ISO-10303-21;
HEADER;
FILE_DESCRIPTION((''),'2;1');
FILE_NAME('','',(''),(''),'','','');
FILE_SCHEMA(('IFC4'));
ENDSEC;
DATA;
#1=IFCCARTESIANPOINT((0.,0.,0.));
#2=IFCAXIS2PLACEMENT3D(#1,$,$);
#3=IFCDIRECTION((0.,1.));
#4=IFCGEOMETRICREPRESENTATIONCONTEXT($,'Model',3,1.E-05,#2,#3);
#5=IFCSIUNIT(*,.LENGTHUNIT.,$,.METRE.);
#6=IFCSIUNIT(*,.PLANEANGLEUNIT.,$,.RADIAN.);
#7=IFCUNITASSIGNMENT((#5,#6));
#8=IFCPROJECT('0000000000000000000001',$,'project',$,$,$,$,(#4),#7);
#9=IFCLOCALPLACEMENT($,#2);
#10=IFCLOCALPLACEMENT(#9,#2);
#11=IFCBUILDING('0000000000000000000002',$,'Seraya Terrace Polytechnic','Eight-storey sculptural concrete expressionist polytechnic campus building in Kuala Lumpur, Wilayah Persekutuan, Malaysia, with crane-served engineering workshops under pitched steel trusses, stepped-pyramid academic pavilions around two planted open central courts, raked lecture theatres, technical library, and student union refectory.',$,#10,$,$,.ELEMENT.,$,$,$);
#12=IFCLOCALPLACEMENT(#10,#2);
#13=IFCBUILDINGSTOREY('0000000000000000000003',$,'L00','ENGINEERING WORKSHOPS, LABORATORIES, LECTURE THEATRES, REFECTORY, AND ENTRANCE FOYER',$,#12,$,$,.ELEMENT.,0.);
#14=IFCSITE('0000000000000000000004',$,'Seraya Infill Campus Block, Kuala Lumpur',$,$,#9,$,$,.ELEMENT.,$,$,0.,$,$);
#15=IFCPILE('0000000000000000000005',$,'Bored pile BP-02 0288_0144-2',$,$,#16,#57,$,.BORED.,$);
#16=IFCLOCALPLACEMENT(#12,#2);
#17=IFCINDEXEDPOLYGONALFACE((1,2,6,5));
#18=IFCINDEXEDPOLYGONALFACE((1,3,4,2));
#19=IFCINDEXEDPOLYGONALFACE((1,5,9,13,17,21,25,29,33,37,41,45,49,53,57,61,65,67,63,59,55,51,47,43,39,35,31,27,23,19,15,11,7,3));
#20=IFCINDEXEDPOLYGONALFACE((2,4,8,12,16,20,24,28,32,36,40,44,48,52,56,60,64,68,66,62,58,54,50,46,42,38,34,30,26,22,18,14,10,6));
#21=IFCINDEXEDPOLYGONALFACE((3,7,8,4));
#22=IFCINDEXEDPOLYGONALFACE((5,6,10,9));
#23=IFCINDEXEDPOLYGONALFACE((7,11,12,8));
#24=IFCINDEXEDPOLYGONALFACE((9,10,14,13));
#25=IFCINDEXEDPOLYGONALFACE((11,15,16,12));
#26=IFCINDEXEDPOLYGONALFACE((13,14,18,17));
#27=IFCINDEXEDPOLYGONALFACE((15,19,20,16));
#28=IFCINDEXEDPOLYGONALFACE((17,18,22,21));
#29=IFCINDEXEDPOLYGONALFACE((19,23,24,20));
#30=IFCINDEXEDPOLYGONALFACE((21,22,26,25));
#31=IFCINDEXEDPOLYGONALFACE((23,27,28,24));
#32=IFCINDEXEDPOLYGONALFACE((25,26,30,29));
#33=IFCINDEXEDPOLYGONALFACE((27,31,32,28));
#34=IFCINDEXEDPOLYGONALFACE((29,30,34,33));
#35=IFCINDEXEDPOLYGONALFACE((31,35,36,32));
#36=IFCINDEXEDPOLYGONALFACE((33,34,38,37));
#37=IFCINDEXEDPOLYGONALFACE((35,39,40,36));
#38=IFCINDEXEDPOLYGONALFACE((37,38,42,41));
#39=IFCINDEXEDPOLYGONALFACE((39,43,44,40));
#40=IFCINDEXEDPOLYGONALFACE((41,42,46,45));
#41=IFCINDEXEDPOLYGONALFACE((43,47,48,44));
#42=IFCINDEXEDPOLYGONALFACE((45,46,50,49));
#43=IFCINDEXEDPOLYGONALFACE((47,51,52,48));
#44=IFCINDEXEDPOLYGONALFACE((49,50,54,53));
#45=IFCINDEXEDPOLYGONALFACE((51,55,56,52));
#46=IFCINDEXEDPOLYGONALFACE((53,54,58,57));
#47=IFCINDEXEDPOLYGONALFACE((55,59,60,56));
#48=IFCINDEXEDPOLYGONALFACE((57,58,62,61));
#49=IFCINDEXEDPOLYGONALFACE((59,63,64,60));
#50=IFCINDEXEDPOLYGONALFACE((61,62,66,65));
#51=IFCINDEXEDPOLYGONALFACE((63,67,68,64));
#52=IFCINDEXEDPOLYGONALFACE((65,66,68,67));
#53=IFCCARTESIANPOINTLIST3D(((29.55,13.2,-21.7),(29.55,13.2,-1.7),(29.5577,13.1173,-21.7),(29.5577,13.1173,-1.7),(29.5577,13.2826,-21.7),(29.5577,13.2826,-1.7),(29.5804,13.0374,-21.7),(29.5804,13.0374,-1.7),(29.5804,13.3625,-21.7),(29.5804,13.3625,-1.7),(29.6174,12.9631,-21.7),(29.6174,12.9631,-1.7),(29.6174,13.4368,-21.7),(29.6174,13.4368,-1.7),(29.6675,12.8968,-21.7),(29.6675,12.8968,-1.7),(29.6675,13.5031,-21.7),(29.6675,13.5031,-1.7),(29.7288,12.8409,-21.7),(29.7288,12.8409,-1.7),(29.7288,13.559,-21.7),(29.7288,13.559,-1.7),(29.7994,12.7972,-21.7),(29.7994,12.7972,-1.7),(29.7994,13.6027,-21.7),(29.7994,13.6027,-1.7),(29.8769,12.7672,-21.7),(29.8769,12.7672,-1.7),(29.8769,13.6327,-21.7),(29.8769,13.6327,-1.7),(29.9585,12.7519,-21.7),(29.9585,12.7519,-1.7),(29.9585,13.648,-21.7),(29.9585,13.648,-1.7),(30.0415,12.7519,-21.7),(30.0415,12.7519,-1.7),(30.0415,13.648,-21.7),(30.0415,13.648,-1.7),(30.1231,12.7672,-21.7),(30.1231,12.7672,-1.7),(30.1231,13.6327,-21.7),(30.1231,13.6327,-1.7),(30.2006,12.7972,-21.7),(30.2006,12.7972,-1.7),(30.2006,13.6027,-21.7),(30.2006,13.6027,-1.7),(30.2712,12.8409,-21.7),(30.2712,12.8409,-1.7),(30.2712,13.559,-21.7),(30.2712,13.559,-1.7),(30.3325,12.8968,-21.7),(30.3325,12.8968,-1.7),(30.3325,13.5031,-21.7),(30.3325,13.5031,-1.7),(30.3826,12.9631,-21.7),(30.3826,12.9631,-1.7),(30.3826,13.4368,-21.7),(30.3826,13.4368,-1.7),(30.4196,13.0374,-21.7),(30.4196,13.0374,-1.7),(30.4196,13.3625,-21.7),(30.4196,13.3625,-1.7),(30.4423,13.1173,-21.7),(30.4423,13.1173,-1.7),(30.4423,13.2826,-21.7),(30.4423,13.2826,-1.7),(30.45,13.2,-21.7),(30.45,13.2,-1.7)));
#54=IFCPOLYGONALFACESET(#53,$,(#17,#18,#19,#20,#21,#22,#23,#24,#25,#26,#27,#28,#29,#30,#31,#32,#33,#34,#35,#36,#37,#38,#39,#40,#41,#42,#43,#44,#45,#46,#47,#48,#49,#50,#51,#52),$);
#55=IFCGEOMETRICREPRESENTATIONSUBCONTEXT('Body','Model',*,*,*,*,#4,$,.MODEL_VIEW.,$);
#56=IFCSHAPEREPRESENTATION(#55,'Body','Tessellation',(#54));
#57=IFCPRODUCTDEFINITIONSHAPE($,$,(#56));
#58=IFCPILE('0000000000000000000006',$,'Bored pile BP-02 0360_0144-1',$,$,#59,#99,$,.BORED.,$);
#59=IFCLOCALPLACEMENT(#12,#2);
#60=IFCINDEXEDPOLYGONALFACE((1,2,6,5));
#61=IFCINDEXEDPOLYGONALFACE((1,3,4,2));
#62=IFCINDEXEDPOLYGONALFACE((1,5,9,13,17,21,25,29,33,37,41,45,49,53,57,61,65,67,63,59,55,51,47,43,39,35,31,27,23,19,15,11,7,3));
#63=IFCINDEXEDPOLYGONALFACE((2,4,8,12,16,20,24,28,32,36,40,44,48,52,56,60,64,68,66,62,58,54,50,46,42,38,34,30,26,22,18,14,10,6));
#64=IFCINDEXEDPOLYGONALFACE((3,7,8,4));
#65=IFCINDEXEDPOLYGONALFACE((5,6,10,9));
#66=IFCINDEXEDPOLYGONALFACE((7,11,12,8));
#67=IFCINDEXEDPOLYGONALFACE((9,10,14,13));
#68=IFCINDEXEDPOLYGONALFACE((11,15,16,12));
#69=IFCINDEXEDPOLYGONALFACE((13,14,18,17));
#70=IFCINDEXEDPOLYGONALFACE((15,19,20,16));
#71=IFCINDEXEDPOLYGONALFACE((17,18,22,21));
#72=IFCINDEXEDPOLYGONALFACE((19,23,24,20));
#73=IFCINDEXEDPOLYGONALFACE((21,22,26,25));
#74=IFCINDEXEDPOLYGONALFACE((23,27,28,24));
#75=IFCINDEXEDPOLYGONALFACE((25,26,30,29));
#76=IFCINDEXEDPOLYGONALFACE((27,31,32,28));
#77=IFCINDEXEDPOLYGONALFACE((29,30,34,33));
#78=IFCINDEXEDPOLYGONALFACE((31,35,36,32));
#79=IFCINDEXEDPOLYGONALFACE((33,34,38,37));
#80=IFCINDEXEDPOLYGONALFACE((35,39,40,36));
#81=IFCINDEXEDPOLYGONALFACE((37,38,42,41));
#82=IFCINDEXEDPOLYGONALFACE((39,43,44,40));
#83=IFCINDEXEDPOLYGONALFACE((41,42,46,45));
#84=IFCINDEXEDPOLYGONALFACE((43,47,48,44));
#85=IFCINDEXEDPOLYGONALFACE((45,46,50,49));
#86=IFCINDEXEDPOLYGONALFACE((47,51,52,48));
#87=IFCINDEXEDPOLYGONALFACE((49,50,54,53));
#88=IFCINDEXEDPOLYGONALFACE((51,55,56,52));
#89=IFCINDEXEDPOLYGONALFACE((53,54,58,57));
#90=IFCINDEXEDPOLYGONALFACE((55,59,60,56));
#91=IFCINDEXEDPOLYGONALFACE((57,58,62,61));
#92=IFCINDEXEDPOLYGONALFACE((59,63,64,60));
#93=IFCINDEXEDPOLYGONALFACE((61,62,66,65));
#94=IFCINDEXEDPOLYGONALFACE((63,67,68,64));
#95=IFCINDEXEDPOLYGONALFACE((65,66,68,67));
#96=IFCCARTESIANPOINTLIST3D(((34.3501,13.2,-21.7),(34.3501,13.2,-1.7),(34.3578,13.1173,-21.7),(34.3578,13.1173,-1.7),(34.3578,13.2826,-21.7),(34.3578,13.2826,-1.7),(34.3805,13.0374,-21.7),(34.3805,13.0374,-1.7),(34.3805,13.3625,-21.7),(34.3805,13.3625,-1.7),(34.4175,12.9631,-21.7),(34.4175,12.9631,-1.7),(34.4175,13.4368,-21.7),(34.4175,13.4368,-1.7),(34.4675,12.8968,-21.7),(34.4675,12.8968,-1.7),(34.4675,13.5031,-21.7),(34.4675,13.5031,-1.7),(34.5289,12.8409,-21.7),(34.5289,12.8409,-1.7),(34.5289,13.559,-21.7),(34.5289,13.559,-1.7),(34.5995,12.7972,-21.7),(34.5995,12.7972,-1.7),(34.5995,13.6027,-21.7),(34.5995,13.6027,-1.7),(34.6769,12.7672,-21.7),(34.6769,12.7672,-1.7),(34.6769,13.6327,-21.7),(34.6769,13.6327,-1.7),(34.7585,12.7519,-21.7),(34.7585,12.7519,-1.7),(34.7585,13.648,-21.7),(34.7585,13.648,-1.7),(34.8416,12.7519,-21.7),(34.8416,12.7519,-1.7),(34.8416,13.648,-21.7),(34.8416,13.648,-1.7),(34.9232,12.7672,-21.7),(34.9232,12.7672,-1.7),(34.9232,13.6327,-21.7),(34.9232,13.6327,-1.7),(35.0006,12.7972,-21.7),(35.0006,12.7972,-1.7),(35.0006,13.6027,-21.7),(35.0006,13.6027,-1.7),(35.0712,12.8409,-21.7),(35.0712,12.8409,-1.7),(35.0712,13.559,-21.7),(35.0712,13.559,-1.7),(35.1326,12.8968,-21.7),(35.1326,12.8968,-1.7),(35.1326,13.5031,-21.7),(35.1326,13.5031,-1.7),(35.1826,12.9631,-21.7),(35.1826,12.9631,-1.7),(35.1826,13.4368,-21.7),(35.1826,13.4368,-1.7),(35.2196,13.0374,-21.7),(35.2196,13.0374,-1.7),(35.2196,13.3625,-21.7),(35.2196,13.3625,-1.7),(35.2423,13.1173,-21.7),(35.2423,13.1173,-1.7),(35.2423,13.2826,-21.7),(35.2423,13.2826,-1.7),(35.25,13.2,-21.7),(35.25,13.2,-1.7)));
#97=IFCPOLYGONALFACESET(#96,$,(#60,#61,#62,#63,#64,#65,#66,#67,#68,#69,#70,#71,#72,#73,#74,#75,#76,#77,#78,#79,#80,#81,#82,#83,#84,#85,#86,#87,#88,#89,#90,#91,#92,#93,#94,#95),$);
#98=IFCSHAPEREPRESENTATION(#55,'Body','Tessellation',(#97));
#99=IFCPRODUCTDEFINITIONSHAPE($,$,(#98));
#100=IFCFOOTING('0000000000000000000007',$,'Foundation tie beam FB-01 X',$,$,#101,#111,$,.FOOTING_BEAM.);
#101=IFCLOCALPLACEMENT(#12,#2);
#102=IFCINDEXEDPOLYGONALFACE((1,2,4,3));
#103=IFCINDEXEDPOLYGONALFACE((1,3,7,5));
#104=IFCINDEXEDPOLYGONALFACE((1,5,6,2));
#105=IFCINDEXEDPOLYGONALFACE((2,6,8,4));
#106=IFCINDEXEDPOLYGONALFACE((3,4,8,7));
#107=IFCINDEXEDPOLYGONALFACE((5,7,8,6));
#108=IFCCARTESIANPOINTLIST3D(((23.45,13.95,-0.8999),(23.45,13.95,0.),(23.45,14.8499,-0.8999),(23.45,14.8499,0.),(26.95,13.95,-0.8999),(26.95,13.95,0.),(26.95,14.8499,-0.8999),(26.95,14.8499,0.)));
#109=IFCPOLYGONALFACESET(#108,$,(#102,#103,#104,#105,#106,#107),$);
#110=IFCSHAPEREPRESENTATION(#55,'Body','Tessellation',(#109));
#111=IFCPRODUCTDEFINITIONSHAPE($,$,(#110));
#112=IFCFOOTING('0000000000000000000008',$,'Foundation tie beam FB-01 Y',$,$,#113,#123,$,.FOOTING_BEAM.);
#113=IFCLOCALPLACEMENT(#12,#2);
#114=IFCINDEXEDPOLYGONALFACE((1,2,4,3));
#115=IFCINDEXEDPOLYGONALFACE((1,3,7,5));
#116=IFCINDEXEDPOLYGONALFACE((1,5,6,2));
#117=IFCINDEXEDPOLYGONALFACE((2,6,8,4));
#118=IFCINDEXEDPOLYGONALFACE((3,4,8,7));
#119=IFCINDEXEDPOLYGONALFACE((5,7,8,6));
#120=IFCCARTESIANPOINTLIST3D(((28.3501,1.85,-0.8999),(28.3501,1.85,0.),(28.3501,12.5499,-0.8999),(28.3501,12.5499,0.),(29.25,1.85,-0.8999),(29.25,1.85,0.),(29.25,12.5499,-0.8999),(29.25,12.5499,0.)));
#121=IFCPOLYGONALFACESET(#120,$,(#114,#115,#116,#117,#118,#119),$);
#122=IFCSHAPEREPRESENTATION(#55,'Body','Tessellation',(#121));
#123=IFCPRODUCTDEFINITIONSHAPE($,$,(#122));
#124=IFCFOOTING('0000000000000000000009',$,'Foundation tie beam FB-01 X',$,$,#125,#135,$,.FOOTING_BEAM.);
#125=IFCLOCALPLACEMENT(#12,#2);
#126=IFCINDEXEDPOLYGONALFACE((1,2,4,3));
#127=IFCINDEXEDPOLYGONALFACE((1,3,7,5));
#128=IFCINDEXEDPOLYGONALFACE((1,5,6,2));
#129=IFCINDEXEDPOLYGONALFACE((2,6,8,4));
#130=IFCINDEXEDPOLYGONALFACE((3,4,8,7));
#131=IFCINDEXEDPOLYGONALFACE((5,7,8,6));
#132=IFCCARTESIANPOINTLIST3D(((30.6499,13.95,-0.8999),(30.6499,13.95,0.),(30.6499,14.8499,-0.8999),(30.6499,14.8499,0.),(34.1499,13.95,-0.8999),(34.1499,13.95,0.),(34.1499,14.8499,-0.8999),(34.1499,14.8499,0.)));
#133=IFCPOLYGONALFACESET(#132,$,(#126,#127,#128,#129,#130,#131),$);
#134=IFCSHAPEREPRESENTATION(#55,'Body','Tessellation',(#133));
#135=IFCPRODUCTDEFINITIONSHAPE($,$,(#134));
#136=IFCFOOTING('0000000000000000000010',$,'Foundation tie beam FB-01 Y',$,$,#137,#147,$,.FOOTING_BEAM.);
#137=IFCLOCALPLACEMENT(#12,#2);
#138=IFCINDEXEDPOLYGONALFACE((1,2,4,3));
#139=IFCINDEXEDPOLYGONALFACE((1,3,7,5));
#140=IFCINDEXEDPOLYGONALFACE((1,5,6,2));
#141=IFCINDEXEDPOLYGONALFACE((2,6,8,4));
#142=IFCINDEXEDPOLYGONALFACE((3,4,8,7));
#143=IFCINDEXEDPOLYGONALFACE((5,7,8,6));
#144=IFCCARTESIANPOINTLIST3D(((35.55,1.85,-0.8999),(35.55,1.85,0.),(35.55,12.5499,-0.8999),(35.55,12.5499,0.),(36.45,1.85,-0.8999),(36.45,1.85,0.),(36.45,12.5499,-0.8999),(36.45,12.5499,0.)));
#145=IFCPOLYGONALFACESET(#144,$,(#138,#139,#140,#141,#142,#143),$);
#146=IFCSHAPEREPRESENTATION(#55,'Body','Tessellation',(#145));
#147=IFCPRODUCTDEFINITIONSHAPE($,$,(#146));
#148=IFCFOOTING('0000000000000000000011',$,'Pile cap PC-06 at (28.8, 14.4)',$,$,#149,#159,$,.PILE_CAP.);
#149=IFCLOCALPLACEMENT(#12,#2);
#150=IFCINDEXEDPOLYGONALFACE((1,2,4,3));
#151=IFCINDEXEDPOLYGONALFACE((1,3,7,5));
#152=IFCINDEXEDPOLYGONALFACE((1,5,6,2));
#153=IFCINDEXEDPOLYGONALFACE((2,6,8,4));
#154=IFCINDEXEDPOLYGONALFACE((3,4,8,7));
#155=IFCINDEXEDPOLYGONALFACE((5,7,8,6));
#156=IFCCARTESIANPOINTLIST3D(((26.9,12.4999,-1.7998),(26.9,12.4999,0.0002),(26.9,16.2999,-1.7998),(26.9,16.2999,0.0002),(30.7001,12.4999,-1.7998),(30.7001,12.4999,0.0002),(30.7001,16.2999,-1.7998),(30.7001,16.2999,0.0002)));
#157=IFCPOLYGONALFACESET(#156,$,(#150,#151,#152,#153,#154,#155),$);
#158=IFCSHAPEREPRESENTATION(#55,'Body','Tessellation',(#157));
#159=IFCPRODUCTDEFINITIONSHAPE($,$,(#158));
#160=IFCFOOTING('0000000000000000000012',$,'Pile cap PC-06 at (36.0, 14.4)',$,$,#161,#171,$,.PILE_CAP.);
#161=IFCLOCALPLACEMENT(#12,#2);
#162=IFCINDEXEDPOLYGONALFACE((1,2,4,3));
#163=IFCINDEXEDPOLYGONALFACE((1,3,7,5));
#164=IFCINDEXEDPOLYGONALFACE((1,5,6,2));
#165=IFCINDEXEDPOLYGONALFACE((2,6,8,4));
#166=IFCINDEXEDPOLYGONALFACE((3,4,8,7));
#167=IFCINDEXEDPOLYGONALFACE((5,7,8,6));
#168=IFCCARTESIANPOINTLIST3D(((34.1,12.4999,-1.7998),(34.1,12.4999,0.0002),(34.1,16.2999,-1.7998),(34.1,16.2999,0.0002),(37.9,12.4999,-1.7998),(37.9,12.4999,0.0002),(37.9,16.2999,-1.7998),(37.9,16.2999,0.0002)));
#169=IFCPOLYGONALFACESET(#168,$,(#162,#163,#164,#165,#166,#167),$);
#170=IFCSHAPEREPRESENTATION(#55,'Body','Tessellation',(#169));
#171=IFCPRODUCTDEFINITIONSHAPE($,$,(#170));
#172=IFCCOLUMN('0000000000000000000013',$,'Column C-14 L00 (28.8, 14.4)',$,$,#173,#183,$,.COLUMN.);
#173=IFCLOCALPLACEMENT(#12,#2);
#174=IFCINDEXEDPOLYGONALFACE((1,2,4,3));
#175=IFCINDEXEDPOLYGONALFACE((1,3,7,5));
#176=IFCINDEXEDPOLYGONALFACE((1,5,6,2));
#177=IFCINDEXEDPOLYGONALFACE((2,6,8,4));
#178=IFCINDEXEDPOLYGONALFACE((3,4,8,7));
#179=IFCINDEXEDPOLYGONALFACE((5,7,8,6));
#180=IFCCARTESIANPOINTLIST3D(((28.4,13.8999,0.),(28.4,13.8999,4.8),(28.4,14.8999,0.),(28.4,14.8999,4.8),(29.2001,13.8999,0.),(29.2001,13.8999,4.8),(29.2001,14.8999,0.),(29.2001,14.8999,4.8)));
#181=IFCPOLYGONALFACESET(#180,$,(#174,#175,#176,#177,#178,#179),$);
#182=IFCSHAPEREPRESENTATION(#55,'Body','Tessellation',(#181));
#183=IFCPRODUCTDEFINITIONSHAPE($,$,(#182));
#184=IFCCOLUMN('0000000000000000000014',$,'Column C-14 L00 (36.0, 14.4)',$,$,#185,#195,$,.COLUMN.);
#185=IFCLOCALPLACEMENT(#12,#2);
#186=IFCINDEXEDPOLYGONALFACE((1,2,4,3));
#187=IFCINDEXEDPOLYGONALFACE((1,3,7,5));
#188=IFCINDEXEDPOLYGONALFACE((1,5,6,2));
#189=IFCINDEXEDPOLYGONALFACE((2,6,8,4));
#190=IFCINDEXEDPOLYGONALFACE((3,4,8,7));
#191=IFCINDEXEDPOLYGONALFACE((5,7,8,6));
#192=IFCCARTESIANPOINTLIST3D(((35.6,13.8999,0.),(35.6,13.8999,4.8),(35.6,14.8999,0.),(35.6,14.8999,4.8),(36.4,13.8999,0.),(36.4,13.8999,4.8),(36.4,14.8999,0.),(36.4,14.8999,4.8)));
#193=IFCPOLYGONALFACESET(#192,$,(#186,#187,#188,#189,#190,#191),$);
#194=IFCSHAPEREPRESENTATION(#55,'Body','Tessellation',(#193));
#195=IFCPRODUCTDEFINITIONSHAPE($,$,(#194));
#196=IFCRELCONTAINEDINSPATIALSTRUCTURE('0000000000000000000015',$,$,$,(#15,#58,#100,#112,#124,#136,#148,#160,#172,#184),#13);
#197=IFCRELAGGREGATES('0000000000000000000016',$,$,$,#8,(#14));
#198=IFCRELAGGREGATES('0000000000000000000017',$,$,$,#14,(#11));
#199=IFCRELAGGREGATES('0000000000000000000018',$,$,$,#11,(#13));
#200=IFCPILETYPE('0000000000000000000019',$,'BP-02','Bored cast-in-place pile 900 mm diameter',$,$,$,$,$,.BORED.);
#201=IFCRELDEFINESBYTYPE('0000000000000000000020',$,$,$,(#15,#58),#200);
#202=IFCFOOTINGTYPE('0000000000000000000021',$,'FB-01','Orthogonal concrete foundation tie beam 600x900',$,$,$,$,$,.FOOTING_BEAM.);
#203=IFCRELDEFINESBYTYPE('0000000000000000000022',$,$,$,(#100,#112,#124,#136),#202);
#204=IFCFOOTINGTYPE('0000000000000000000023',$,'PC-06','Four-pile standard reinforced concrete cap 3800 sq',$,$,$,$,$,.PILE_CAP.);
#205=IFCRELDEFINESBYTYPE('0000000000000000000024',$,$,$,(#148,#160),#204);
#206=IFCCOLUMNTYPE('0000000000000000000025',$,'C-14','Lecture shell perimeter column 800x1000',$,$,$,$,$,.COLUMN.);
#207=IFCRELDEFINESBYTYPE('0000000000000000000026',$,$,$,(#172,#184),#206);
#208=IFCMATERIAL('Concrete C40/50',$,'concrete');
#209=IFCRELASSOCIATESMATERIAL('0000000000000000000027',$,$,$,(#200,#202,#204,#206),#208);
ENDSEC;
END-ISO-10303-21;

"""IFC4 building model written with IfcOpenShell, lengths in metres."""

from ifc_helpers import new_model, si_unit, direction, frame, origin, origin_2d, place, context, subcontext, project, spatial, rectangle, circle, extrude, material, material_profile, profile_set, type_object, element, save


model = new_model("IFC4")

# Units and contexts
model_context = context("Model", 3, precision=1e-05, world=origin(), true_north=direction((0.0, 1.0)))
body_context = subcontext(model_context, "Body", "Model", "MODEL_VIEW")
ifc_project = project(units=[si_unit("LENGTHUNIT", "METRE"), si_unit("PLANEANGLEUNIT", "RADIAN")], contexts=[model_context])

# Site, building, storey
site_placement = place(None, origin())
site = spatial("IfcSite", under=ifc_project, at=site_placement, Name="Seraya Infill Campus Block, Kuala Lumpur", CompositionType="ELEMENT", RefElevation=0.0)
building_placement = place(site_placement, origin())
building = spatial("IfcBuilding", under=site, at=building_placement, Name="Seraya Terrace Polytechnic", Description="Eight-storey sculptural concrete expressionist polytechnic campus building in Kuala Lumpur, Wilayah Persekutuan, Malaysia, with crane-served engineering workshops under pitched steel trusses, stepped-pyramid academic pavilions around two planted open central courts, raked lecture theatres, technical library, and student union refectory.", CompositionType="ELEMENT")
storey_placement = place(building_placement, origin())
storey = spatial("IfcBuildingStorey", under=building, at=storey_placement, Name="L00", Description="ENGINEERING WORKSHOPS, LABORATORIES, LECTURE THEATRES, REFECTORY, AND ENTRANCE FOYER", CompositionType="ELEMENT", Elevation=0.0)

# Piles
ifc_material = material(Name="Concrete C40/50", Category="concrete")
ifc_material_profile_1 = material_profile(ifc_material, circle(Radius=0.45, at=origin_2d()), Name="DIA 900")
ifc_profile_set_1 = profile_set([ifc_material_profile_1], Name="Concrete C40/50")
pile_type = type_object("IfcPileType", Name="BP-02", Description="Bored cast-in-place pile 900 mm diameter", PredefinedType="BORED", material=ifc_profile_set_1)
for number, where, z_axis, x_axis, name in (
    (1, (30.0, 13.2, -1.7), (0.0, 0.0, -1.0), (1.0, 0.0, 0.0), "Bored pile BP-02 0288_0144-2"),
    (2, (34.8, 13.2, -1.7), (0.0, 0.0, -1.0), (1.0, 0.0, 0.0), "Bored pile BP-02 0360_0144-1"),
):
    element("IfcPile", number, at=place(storey_placement, frame(where, z_axis=z_axis, x_axis=x_axis)), inside=storey, type_object=pile_type, Name=name, PredefinedType="BORED", context=body_context, shape_type="SweptSolid", body=[
        extrude(circle(Radius=0.45, at=origin_2d()), origin(), (0.0, 0.0, 1.0), 20.0),
    ])

# Footings
footing_type_1 = type_object("IfcFootingType", Name="FB-01", Description="Orthogonal concrete foundation tie beam 600x900", PredefinedType="FOOTING_BEAM", material=ifc_material)
footing_1_placement = place(storey_placement, frame((25.2, 14.3999, -0.8999), z_axis=(0.0, 0.0, 1.0), x_axis=(1.0, 0.0, 0.0)))
element("IfcFooting", 3, at=footing_1_placement, inside=storey, type_object=footing_type_1, Name="Foundation tie beam FB-01 X", PredefinedType="FOOTING_BEAM", context=body_context, shape_type="SweptSolid", body=[
    extrude(rectangle(XDim=3.5, YDim=0.8999, at=origin_2d()), origin(), (0.0, 0.0, 1.0), 0.8999),
])
footing_2_placement = place(storey_placement, frame((28.8, 7.2, -0.8999), z_axis=(0.0, 0.0, 1.0), x_axis=(0.0, 1.0, 0.0)))
element("IfcFooting", 4, at=footing_2_placement, inside=storey, type_object=footing_type_1, Name="Foundation tie beam FB-01 Y", PredefinedType="FOOTING_BEAM", context=body_context, shape_type="SweptSolid", body=[
    extrude(rectangle(XDim=10.7, YDim=0.8999, at=origin_2d()), origin(), (0.0, 0.0, 1.0), 0.8999),
])
footing_3_placement = place(storey_placement, frame((32.3999, 14.3999, -0.8999), z_axis=(0.0, 0.0, 1.0), x_axis=(1.0, 0.0, 0.0)))
element("IfcFooting", 5, at=footing_3_placement, inside=storey, type_object=footing_type_1, Name="Foundation tie beam FB-01 X", PredefinedType="FOOTING_BEAM", context=body_context, shape_type="SweptSolid", body=[
    extrude(rectangle(XDim=3.5, YDim=0.8999, at=origin_2d()), origin(), (0.0, 0.0, 1.0), 0.8999),
])
footing_4_placement = place(storey_placement, frame((36.0, 7.2, -0.8999), z_axis=(0.0, 0.0, 1.0), x_axis=(0.0, 1.0, 0.0)))
element("IfcFooting", 6, at=footing_4_placement, inside=storey, type_object=footing_type_1, Name="Foundation tie beam FB-01 Y", PredefinedType="FOOTING_BEAM", context=body_context, shape_type="SweptSolid", body=[
    extrude(rectangle(XDim=10.7, YDim=0.8999, at=origin_2d()), origin(), (0.0, 0.0, 1.0), 0.8999),
])
footing_type_2 = type_object("IfcFootingType", Name="PC-06", Description="Four-pile standard reinforced concrete cap 3800 sq", PredefinedType="PILE_CAP", material=ifc_material)
for number, where, z_axis, x_axis, name in (
    (7, (28.8, 14.3999, -1.7998), (0.0, 0.0, 1.0), (1.0, 0.0, 0.0), "Pile cap PC-06 at (28.8, 14.4)"),
    (8, (36.0, 14.3999, -1.7998), (0.0, 0.0, 1.0), (1.0, 0.0, 0.0), "Pile cap PC-06 at (36.0, 14.4)"),
):
    element("IfcFooting", number, at=place(storey_placement, frame(where, z_axis=z_axis, x_axis=x_axis)), inside=storey, type_object=footing_type_2, Name=name, PredefinedType="PILE_CAP", context=body_context, shape_type="SweptSolid", body=[
        extrude(rectangle(XDim=3.8, YDim=3.8, at=origin_2d()), origin(), (0.0, 0.0, 1.0), 1.8),
    ])

# Columns
ifc_material_profile_2 = material_profile(ifc_material, rectangle(XDim=0.8, YDim=1.0, at=origin_2d()), Name="RC 800x1000")
ifc_profile_set_2 = profile_set([ifc_material_profile_2], Name="Concrete C40/50")
column_type = type_object("IfcColumnType", Name="C-14", Description="Lecture shell perimeter column 800x1000", PredefinedType="COLUMN", material=ifc_profile_set_2)
for number, where, z_axis, x_axis, name in (
    (9, (28.8, 14.3999, 0.0), (0.0, 0.0, 1.0), (1.0, 0.0, 0.0), "Column C-14 L00 (28.8, 14.4)"),
    (10, (36.0, 14.3999, 0.0), (0.0, 0.0, 1.0), (1.0, 0.0, 0.0), "Column C-14 L00 (36.0, 14.4)"),
):
    element("IfcColumn", number, at=place(storey_placement, frame(where, z_axis=z_axis, x_axis=x_axis)), inside=storey, type_object=column_type, Name=name, PredefinedType="COLUMN", context=body_context, shape_type="SweptSolid", body=[
        extrude(rectangle(XDim=0.8, YDim=1.0, at=origin_2d()), origin(), (0.0, 0.0, 1.0), 4.8),
    ])

save(model, "model.ifc")
